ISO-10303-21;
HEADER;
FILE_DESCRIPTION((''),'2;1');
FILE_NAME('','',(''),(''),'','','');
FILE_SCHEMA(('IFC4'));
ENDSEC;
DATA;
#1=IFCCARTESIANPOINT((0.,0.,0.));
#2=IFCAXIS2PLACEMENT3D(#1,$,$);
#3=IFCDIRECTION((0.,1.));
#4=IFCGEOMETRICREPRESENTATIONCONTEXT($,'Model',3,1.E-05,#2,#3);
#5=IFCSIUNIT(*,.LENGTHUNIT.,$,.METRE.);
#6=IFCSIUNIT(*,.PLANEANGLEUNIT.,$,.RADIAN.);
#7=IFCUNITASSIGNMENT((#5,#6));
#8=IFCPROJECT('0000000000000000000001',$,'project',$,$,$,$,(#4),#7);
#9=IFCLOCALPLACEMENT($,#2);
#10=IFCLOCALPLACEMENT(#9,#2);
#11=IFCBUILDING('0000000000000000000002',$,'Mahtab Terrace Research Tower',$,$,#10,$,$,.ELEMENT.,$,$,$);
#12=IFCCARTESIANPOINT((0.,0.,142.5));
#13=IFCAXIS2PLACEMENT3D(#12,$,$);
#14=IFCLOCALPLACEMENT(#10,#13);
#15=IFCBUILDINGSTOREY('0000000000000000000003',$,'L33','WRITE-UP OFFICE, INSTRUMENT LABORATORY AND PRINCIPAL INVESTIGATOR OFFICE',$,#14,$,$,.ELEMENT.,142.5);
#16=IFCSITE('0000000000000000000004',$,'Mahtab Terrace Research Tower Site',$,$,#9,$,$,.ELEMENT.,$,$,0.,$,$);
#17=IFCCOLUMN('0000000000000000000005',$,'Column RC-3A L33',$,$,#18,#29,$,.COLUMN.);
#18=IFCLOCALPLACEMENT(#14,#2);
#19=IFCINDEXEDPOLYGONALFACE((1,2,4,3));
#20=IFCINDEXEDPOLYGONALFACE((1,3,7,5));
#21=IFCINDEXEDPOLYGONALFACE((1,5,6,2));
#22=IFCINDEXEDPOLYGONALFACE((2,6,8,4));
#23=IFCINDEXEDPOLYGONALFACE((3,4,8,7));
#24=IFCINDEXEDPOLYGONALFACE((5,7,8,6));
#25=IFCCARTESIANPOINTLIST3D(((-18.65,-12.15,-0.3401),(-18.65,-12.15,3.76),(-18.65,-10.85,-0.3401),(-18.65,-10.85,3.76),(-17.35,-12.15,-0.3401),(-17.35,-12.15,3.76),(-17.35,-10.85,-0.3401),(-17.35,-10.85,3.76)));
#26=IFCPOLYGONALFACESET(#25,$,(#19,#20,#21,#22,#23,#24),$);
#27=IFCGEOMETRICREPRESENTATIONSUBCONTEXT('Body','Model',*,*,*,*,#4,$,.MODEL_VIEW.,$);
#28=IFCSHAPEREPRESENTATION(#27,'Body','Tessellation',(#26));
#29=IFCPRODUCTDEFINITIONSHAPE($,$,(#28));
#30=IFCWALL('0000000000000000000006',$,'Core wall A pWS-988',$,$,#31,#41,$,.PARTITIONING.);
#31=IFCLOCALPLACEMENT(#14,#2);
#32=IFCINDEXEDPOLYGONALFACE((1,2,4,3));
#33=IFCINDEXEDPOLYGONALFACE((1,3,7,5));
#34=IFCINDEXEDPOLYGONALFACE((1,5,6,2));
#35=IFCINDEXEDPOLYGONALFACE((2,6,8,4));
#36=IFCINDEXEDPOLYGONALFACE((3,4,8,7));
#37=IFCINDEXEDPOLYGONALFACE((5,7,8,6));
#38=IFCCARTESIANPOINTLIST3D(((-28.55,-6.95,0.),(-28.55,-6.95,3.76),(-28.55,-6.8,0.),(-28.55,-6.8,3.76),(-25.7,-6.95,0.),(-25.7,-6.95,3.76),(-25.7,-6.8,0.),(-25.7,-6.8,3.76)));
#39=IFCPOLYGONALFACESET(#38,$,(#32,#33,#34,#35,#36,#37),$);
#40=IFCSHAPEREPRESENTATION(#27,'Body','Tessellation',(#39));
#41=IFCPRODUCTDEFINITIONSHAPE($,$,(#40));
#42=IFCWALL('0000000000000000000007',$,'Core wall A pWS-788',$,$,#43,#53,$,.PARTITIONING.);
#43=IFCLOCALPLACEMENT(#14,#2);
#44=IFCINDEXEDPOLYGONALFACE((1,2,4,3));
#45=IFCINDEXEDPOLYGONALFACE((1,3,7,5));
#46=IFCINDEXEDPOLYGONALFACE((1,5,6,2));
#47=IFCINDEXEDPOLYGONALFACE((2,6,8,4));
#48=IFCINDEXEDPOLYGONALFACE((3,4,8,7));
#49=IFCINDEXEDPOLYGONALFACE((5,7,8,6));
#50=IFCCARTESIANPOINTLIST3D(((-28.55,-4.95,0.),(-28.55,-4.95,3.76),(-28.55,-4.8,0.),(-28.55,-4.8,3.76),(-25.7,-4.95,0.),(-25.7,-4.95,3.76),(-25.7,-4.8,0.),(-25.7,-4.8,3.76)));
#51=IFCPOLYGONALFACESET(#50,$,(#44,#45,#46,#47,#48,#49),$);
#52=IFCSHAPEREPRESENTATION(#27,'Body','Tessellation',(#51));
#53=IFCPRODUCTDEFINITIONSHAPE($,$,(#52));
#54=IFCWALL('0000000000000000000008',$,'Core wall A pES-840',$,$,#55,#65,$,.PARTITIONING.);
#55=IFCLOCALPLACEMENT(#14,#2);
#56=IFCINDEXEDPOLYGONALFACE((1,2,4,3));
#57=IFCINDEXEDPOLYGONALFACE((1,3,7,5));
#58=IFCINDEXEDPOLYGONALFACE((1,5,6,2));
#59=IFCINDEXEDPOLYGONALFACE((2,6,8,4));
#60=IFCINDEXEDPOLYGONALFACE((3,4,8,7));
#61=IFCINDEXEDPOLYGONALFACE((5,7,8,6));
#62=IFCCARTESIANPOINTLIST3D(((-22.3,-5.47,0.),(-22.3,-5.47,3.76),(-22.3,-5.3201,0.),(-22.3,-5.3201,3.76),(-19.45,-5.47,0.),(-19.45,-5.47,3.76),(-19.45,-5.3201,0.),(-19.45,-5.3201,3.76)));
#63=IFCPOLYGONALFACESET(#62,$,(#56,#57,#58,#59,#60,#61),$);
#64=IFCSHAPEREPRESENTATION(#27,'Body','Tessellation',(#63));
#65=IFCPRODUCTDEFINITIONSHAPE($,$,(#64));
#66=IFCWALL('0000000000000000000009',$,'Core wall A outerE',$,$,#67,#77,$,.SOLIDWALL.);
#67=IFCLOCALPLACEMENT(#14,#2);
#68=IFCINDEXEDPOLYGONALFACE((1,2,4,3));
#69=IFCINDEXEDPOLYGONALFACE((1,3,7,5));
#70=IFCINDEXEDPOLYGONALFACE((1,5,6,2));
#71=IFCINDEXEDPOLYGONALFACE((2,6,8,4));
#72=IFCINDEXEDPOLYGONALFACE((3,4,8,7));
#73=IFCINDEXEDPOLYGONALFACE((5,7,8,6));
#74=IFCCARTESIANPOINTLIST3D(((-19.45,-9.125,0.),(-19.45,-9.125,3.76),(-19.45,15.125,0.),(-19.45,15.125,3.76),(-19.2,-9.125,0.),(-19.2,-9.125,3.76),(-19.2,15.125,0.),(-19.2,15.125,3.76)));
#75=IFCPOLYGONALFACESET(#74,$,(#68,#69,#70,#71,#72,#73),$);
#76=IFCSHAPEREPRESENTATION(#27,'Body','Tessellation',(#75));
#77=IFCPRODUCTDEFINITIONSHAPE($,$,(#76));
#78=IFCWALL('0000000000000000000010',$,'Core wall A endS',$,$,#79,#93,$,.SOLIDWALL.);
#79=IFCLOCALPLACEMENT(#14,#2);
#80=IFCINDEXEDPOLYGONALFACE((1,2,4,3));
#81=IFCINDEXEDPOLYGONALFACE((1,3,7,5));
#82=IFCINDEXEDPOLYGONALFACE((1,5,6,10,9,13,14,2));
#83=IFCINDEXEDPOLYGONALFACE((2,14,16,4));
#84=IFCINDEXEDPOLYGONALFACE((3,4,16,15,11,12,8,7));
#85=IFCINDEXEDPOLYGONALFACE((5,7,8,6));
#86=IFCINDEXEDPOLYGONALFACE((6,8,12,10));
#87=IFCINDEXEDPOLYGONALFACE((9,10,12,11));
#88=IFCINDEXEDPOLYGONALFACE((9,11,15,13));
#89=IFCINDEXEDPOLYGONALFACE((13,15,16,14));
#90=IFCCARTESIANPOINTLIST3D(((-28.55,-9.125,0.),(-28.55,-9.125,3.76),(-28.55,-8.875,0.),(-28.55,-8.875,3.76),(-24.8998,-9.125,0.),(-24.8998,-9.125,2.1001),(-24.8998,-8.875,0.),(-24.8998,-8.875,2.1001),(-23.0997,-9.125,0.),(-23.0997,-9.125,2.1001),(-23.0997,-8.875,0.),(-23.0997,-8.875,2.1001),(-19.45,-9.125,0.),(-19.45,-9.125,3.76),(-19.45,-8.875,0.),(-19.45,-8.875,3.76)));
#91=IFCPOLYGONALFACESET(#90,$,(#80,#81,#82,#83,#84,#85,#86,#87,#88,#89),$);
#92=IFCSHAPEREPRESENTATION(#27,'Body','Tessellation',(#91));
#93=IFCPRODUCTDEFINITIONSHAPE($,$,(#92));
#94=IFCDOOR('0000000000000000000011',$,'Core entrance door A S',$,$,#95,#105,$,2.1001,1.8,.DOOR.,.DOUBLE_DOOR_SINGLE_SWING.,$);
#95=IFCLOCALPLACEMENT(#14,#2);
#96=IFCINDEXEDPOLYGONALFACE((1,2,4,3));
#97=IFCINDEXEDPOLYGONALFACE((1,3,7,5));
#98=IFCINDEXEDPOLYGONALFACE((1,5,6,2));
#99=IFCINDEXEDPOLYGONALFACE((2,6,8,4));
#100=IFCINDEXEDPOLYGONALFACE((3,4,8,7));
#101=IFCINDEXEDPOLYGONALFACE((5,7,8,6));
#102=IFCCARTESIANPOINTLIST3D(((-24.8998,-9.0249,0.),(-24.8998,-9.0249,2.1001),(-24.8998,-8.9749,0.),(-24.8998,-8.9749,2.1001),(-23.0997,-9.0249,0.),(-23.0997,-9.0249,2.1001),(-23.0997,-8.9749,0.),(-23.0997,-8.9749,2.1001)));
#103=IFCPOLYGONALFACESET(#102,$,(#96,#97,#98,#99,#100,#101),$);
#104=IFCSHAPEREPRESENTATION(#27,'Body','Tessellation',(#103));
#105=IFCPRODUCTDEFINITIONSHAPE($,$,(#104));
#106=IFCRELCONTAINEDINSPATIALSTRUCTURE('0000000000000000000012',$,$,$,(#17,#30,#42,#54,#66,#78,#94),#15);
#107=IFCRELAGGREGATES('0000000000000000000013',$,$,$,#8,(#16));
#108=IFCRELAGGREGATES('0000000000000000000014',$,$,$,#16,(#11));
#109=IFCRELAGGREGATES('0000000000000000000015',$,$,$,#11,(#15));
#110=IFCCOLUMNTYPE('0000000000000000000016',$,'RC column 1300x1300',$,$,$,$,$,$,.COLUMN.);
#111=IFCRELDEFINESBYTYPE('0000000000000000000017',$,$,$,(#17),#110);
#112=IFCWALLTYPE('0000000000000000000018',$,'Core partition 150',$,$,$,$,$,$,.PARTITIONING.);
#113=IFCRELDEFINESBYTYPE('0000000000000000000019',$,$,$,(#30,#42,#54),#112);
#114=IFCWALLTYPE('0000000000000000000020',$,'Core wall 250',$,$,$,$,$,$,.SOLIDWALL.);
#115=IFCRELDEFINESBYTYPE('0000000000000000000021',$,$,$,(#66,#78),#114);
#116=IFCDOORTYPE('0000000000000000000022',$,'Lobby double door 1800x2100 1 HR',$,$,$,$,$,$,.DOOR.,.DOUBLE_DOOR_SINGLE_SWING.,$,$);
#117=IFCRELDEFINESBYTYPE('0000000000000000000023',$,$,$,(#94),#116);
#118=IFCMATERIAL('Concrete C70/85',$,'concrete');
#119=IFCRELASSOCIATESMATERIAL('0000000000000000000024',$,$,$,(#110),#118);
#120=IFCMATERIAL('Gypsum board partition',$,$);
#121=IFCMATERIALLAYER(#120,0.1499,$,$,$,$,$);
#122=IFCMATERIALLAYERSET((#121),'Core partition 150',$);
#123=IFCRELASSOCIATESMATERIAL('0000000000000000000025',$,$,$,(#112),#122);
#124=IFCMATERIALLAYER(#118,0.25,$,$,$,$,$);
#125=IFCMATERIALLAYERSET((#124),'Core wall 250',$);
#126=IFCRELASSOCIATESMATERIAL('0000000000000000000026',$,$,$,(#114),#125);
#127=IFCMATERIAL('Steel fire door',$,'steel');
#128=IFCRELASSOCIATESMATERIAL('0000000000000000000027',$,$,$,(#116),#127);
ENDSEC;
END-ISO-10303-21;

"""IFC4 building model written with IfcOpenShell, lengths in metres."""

from ifc_helpers import new_model, si_unit, direction, frame, frame_2d, origin, origin_2d, place, context, subcontext, project, spatial, rectangle, extrude, material, layer, layer_set, material_profile, profile_set, type_object, element, fill, save


model = new_model("IFC4")

# Units and contexts
model_context = context("Model", 3, precision=1e-05, world=origin(), true_north=direction((0.0, 1.0)))
body_context = subcontext(model_context, "Body", "Model", "MODEL_VIEW")
ifc_project = project(units=[si_unit("LENGTHUNIT", "METRE"), si_unit("PLANEANGLEUNIT", "RADIAN")], contexts=[model_context])

# Site, building, storey
site_placement = place(None, origin())
site = spatial("IfcSite", under=ifc_project, at=site_placement, Name="Mahtab Terrace Research Tower Site", CompositionType="ELEMENT", RefElevation=0.0)
building_placement = place(site_placement, origin())
building = spatial("IfcBuilding", under=site, at=building_placement, Name="Mahtab Terrace Research Tower", CompositionType="ELEMENT")
storey_placement = place(building_placement, frame((0.0, 0.0, 142.5)))
storey = spatial("IfcBuildingStorey", under=building, at=storey_placement, Name="L33", Description="WRITE-UP OFFICE, INSTRUMENT LABORATORY AND PRINCIPAL INVESTIGATOR OFFICE", CompositionType="ELEMENT", Elevation=142.5)

# Column
ifc_material_1 = material(Name="Concrete C70/85", Category="concrete")
ifc_material_profile = material_profile(ifc_material_1, rectangle(XDim=1.3, YDim=1.3, at=origin_2d()), Name="RC column 1300x1300")
ifc_profile_set = profile_set([ifc_material_profile], Name="Concrete C70/85")
column_type = type_object("IfcColumnType", Name="RC column 1300x1300", PredefinedType="COLUMN", material=ifc_profile_set)
column_placement = place(storey_placement, frame((-18.0, -11.5, -0.3401), z_axis=(0.0, 0.0, 1.0), x_axis=(1.0, 0.0, 0.0)))
element("IfcColumn", 1, at=column_placement, inside=storey, type_object=column_type, Name="Column RC-3A L33", PredefinedType="COLUMN", context=body_context, shape_type="SweptSolid", body=[
    extrude(rectangle(XDim=1.3, YDim=1.3, at=origin_2d()), origin(), (0.0, 0.0, 1.0), 4.1001),
])

# Walls
ifc_material_2 = material(Name="Gypsum board partition")
ifc_layer_1 = layer(ifc_material_2, 0.1499)
ifc_layer_set_1 = layer_set([ifc_layer_1], Name="Core partition 150")
wall_type_1 = type_object("IfcWallType", Name="Core partition 150", PredefinedType="PARTITIONING", material=ifc_layer_set_1)
for number, where, z_axis, x_axis, name in (
    (2, (-28.55, -6.875, 0.0), (0.0, 0.0, 1.0), (1.0, 0.0, 0.0), "Core wall A pWS-988"),
    (3, (-28.55, -4.875, 0.0), (0.0, 0.0, 1.0), (1.0, 0.0, 0.0), "Core wall A pWS-788"),
    (4, (-22.3, -5.395, 0.0), (0.0, 0.0, 1.0), (1.0, 0.0, 0.0), "Core wall A pES-840"),
):
    element("IfcWall", number, at=place(storey_placement, frame(where, z_axis=z_axis, x_axis=x_axis)), inside=storey, type_object=wall_type_1, Name=name, PredefinedType="PARTITIONING", context=body_context, shape_type="SweptSolid", body=[
        extrude(rectangle(XDim=2.8501, YDim=0.1499, at=frame_2d((1.425, 0.0))), origin(), (0.0, 0.0, 1.0), 3.76),
    ])
ifc_layer_2 = layer(ifc_material_1, 0.25)
ifc_layer_set_2 = layer_set([ifc_layer_2], Name="Core wall 250")
wall_type_2 = type_object("IfcWallType", Name="Core wall 250", PredefinedType="SOLIDWALL", material=ifc_layer_set_2)
wall_1_placement = place(storey_placement, frame((-19.325, -9.125, 0.0), z_axis=(0.0, 0.0, 1.0), x_axis=(0.0, 1.0, 0.0)))
element("IfcWall", 5, at=wall_1_placement, inside=storey, type_object=wall_type_2, Name="Core wall A outerE", PredefinedType="SOLIDWALL", context=body_context, shape_type="SweptSolid", body=[
    extrude(rectangle(XDim=24.25, YDim=0.25, at=frame_2d((12.125, 0.0))), origin(), (0.0, 0.0, 1.0), 3.76),
])

# Wall, opening, door
wall_2_placement = place(storey_placement, frame((-19.45, -9.0, 0.0), z_axis=(0.0, 0.0, 1.0), x_axis=(-1.0, 0.0, 0.0)))
wall_2 = element("IfcWall", 6, at=wall_2_placement, inside=storey, type_object=wall_type_2, Name="Core wall A endS", PredefinedType="SOLIDWALL", context=body_context, shape_type="SweptSolid", body=[
    extrude(rectangle(XDim=9.1001, YDim=0.25, at=frame_2d((4.55, 0.0))), origin(), (0.0, 0.0, 1.0), 3.76),
])
opening_1_placement = place(wall_2_placement, frame((3.6499, 0.0, 0.0)))
opening_1 = element("IfcOpeningElement", 7, at=opening_1_placement, cuts=wall_2, PredefinedType="OPENING", context=body_context, shape_type="SweptSolid", body=[
    extrude(rectangle(XDim=1.8, YDim=2.1001, at=frame_2d((0.8999, 1.05))), frame((0.0, 0.135, 0.0), z_axis=(0.0, -1.0, 0.0), x_axis=(1.0, 0.0, 0.0)), (0.0, 0.0, 1.0), 0.27),
])
ifc_material_3 = material(Name="Steel fire door", Category="steel")
door_type_1 = type_object("IfcDoorType", Name="Lobby double door 1800x2100 1 HR", OperationType="DOUBLE_DOOR_SINGLE_SWING", PredefinedType="DOOR", material=ifc_material_3)
door_1_placement = place(opening_1_placement, origin())
door_1 = element("IfcDoor", 8, at=door_1_placement, inside=storey, type_object=door_type_1, Name="Core entrance door A S", OperationType="DOUBLE_DOOR_SINGLE_SWING", OverallHeight=2.1001, OverallWidth=1.8, PredefinedType="DOOR", context=body_context, shape_type="SweptSolid", body=[
    extrude(rectangle(XDim=1.8, YDim=2.1001, at=frame_2d((0.8999, 1.05))), frame((0.0, 0.0249, 0.0), z_axis=(0.0, -1.0, 0.0), x_axis=(1.0, 0.0, 0.0)), (0.0, 0.0, 1.0), 0.05),
])
fill(opening_1, door_1)

save(model, "model.ifc")
